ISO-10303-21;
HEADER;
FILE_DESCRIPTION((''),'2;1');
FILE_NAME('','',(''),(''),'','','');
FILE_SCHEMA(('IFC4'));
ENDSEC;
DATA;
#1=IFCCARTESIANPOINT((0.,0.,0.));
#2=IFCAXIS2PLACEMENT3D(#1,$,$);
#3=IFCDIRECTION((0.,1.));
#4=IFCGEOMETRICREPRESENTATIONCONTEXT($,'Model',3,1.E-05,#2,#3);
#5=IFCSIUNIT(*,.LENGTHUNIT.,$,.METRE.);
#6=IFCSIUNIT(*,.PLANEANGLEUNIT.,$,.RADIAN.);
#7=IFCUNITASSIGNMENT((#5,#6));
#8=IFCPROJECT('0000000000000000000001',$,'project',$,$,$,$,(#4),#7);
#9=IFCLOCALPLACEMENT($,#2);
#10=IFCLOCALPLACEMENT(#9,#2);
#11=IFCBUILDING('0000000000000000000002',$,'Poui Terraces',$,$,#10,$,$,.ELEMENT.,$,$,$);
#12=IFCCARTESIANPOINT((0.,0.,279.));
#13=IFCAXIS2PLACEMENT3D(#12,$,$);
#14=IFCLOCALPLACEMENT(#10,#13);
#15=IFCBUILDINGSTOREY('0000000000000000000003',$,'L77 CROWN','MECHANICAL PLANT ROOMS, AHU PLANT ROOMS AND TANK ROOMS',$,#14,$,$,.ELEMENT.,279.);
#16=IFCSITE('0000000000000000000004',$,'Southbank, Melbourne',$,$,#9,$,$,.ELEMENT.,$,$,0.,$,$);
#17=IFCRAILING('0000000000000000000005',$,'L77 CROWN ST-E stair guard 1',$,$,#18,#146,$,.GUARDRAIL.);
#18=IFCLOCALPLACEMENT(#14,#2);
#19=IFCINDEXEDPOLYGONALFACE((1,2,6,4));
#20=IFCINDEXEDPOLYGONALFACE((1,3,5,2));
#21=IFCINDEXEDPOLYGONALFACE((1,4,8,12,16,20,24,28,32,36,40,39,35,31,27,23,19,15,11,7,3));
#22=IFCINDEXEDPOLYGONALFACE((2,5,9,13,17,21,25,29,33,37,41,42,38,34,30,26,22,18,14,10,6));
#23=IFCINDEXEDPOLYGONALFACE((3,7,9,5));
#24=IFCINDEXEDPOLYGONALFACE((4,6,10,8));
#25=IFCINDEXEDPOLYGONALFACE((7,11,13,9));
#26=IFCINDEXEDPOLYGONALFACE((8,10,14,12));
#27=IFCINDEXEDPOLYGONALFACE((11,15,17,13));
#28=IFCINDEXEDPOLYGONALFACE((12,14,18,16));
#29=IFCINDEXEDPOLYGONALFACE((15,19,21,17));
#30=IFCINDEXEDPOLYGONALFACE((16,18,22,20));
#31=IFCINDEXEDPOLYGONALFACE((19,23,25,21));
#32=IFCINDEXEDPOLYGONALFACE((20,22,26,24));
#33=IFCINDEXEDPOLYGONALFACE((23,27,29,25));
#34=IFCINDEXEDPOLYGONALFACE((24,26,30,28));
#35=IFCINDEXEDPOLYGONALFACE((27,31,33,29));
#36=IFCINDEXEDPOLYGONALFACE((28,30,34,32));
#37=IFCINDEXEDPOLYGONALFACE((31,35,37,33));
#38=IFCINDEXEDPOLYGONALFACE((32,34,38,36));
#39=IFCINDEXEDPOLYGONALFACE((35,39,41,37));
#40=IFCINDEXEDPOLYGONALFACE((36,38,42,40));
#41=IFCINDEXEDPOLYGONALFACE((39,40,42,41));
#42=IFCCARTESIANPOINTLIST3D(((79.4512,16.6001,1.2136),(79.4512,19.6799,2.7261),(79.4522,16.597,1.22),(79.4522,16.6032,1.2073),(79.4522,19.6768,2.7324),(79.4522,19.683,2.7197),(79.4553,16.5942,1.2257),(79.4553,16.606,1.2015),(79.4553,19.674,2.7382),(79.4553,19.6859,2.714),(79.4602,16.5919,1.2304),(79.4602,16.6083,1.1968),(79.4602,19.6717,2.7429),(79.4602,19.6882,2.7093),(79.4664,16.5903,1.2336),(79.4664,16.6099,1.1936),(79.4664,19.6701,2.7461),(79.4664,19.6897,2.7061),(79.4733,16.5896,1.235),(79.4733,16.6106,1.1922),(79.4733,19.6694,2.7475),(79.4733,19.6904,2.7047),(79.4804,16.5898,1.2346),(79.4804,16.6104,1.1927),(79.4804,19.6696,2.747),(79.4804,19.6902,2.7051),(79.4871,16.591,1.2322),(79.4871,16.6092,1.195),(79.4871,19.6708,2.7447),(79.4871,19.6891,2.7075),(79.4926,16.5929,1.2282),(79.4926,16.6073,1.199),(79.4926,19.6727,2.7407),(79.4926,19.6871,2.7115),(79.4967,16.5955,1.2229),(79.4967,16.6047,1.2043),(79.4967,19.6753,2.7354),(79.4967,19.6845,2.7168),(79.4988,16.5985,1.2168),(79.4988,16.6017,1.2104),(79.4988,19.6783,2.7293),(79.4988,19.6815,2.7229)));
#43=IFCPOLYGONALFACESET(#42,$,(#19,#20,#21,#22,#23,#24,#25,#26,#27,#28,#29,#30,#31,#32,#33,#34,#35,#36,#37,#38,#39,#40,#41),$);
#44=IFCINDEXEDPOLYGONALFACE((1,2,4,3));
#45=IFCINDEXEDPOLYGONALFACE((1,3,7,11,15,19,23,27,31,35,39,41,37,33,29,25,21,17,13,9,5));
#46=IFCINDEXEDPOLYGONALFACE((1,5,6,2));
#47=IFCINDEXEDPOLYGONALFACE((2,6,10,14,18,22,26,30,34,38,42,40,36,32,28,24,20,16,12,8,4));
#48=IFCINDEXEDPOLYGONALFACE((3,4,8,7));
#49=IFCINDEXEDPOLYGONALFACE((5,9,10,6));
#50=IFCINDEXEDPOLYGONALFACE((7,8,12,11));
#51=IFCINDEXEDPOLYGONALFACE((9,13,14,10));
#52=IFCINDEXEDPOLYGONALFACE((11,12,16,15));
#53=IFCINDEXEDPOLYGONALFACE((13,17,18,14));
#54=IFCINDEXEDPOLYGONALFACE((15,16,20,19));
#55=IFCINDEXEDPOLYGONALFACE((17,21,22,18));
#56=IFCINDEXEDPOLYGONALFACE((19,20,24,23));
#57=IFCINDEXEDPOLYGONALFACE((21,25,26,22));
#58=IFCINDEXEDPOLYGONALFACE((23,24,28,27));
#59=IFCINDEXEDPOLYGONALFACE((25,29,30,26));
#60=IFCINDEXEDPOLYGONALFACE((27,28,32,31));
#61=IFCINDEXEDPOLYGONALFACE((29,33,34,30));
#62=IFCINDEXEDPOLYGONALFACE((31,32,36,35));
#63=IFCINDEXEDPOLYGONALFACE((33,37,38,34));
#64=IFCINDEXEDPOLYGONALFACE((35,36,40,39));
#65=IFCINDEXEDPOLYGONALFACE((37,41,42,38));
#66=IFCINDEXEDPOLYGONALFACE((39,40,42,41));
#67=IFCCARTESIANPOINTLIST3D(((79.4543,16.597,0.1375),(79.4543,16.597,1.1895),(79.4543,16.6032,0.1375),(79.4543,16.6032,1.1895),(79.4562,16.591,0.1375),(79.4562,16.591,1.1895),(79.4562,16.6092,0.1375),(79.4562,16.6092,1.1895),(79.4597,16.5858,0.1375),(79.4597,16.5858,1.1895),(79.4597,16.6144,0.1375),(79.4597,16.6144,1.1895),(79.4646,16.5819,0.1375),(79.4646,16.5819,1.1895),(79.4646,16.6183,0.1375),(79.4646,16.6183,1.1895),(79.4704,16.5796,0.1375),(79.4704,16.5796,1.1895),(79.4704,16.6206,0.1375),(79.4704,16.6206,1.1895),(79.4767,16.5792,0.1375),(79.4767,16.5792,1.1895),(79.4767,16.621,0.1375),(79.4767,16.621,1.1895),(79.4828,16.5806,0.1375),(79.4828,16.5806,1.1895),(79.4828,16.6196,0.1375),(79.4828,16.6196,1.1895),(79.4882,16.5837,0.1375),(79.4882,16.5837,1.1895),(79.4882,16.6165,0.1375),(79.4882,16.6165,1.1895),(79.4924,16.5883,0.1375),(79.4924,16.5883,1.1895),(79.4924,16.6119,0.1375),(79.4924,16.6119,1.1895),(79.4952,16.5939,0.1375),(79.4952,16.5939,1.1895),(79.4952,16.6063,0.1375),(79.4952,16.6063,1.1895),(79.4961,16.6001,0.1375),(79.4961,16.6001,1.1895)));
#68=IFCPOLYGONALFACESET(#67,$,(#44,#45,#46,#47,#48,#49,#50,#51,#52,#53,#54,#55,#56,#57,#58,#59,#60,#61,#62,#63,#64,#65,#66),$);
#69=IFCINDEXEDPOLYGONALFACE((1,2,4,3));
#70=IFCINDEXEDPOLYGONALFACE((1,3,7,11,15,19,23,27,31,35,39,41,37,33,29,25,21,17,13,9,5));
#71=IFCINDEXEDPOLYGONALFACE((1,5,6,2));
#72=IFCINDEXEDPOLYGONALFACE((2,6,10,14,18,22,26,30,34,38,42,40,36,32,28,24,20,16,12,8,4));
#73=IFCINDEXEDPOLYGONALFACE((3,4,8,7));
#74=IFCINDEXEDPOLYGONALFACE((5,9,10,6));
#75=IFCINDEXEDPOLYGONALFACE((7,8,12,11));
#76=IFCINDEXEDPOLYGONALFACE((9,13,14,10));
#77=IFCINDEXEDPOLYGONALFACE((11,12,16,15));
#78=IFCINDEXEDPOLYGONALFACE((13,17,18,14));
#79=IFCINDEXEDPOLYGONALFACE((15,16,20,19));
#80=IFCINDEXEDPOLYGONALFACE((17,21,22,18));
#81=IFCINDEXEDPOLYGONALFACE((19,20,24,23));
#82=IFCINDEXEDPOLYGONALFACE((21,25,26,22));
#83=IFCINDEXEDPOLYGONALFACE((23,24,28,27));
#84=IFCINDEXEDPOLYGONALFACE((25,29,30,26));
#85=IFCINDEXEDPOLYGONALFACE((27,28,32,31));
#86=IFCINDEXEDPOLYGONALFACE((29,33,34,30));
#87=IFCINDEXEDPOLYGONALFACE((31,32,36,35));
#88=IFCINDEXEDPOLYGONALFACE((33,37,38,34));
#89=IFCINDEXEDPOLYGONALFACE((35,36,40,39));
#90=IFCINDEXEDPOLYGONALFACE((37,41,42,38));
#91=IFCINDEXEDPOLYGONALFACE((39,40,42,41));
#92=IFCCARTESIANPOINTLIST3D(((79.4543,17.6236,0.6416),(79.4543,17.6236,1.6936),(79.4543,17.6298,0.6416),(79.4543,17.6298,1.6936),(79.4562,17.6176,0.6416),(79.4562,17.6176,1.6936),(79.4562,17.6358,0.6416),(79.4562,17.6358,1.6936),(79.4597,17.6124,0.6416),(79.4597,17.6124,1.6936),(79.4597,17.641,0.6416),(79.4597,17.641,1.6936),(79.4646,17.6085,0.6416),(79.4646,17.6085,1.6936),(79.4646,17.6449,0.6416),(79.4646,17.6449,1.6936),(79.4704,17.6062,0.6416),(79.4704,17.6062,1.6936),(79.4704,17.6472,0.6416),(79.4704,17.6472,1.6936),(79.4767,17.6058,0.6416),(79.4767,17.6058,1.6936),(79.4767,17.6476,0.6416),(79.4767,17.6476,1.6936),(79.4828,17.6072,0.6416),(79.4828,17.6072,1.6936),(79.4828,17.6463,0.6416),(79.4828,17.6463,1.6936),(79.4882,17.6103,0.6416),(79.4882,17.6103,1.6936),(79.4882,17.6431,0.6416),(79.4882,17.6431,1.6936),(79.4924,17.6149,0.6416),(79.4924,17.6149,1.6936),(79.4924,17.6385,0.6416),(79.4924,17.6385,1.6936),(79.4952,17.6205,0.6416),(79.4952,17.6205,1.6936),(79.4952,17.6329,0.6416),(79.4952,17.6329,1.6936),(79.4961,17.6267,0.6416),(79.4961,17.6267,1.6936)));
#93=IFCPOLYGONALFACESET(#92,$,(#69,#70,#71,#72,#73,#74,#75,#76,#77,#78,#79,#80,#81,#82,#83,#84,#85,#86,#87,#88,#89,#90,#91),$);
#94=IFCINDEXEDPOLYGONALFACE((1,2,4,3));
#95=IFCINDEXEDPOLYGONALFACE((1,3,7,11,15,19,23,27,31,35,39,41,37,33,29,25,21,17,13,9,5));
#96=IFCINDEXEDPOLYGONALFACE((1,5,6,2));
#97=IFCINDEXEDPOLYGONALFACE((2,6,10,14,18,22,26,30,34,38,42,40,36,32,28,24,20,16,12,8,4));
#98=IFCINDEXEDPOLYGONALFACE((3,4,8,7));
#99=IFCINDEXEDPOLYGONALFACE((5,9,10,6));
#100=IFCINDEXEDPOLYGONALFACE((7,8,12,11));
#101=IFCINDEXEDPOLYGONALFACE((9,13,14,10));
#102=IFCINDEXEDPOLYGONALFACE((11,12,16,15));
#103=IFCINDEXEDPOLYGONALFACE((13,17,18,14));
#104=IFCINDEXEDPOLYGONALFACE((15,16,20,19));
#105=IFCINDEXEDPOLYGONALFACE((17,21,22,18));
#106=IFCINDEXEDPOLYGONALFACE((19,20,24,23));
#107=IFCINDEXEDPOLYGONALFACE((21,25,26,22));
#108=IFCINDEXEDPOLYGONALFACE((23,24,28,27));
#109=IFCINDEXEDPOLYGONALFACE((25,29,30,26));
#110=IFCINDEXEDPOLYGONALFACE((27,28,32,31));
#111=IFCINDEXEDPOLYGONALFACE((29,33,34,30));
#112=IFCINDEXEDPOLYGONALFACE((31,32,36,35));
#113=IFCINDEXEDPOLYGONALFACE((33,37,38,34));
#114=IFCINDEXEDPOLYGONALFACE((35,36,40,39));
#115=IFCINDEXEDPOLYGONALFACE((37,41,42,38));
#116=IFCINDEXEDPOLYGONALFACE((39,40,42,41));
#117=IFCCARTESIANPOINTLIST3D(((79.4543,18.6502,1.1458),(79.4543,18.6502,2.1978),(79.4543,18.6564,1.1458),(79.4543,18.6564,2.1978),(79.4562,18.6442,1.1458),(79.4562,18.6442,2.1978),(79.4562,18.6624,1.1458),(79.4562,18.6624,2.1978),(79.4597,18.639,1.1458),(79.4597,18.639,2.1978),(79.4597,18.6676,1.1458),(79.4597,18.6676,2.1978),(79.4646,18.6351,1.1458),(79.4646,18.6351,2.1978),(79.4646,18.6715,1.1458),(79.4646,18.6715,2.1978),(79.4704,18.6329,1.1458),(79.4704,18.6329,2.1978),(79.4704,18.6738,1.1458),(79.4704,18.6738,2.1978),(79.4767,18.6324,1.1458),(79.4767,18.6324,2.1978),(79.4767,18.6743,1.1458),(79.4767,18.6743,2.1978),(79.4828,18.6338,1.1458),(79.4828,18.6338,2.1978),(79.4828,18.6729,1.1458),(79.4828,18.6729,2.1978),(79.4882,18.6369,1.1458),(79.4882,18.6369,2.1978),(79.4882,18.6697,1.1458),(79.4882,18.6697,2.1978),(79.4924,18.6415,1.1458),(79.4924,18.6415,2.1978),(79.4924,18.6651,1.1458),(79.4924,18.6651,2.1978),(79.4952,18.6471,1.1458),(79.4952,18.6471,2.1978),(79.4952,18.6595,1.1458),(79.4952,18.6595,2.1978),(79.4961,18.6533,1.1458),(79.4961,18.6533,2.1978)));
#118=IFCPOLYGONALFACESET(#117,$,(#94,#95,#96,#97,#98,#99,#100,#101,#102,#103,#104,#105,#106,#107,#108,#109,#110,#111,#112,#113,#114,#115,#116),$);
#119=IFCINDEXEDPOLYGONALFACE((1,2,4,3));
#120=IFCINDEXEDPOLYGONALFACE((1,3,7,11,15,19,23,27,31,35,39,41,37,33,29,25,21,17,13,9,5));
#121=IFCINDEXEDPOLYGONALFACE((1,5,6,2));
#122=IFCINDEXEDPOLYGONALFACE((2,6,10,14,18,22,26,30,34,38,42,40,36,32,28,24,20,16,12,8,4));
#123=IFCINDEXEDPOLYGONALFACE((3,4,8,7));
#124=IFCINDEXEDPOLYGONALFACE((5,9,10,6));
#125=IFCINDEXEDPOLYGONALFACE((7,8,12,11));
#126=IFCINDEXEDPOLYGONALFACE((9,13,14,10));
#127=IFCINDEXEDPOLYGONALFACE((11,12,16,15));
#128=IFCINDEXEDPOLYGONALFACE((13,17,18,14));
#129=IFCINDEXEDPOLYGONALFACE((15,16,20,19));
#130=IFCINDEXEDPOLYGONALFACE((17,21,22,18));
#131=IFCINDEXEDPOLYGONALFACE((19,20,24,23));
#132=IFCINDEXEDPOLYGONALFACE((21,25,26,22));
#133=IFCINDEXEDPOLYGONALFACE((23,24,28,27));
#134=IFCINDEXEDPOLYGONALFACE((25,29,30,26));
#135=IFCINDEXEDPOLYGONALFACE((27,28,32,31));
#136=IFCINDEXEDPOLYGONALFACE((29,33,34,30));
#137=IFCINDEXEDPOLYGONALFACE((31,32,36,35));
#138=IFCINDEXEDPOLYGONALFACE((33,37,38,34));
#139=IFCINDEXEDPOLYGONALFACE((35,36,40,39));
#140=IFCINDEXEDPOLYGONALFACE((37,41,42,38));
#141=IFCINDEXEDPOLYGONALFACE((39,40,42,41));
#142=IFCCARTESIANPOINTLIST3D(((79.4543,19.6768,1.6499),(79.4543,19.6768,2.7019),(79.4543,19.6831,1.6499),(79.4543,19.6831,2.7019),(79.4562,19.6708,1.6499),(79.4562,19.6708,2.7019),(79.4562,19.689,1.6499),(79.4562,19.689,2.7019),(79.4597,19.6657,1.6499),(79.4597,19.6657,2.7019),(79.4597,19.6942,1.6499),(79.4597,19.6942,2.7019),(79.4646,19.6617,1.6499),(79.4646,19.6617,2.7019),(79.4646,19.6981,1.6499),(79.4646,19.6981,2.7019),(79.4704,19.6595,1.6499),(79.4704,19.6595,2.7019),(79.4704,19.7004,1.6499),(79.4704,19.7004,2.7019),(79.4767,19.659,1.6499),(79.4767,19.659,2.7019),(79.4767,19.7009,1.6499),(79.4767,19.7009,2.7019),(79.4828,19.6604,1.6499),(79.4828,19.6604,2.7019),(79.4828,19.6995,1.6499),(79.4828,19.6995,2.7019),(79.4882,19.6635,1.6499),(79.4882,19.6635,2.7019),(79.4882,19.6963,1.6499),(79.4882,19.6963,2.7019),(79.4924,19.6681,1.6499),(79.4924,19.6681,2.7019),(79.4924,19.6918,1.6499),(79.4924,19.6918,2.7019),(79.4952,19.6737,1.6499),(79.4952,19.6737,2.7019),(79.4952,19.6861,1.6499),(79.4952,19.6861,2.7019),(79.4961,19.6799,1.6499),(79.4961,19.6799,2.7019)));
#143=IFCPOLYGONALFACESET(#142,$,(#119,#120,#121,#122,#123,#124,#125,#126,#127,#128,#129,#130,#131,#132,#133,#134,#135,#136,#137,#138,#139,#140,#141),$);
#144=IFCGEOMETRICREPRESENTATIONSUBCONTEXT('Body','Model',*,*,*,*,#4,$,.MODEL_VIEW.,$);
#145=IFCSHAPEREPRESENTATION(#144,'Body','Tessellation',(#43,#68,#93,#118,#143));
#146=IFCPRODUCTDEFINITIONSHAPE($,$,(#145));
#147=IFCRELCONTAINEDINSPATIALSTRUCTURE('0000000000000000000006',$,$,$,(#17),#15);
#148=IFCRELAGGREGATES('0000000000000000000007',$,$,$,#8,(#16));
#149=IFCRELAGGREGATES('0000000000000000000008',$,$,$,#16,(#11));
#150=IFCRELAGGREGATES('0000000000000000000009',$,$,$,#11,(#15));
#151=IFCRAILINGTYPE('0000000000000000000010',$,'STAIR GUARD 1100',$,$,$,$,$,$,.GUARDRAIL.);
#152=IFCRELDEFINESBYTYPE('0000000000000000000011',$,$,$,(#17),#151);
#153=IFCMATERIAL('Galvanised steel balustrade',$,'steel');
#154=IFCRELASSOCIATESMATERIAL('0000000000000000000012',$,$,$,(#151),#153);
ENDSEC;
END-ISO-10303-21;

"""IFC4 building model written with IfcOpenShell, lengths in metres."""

from ifc_helpers import new_model, si_unit, direction, frame, origin, origin_2d, place, context, subcontext, project, spatial, circle, extrude, material, type_object, element, save


model = new_model("IFC4")

# Units and contexts
model_context = context("Model", 3, precision=1e-05, world=origin(), true_north=direction((0.0, 1.0)))
body_context = subcontext(model_context, "Body", "Model", "MODEL_VIEW")
ifc_project = project(units=[si_unit("LENGTHUNIT", "METRE"), si_unit("PLANEANGLEUNIT", "RADIAN")], contexts=[model_context])

# Site, building, storey
site_placement = place(None, origin())
site = spatial("IfcSite", under=ifc_project, at=site_placement, Name="Southbank, Melbourne", CompositionType="ELEMENT", RefElevation=0.0)
building_placement = place(site_placement, origin())
building = spatial("IfcBuilding", under=site, at=building_placement, Name="Poui Terraces", CompositionType="ELEMENT")
storey_placement = place(building_placement, frame((0.0, 0.0, 279.0)))
storey = spatial("IfcBuildingStorey", under=building, at=storey_placement, Name="L77 CROWN", Description="MECHANICAL PLANT ROOMS, AHU PLANT ROOMS AND TANK ROOMS", CompositionType="ELEMENT", Elevation=279.0)

# Railing
ifc_material_1 = material(Name="Galvanised steel balustrade", Category="steel")
railing_type_1 = type_object("IfcRailingType", Name="STAIR GUARD 1100", PredefinedType="GUARDRAIL", material=ifc_material_1)
for number, where, name in (
    (1, (79.4751, 16.6001, 0.1375), "L77 CROWN ST-E stair guard 1"),
):
    element("IfcRailing", number, at=place(storey_placement, frame(where)), inside=storey, type_object=railing_type_1, Name=name, PredefinedType="GUARDRAIL", context=body_context, shape_type="SweptSolid", body=[
        extrude(circle(Radius=0.0239, at=origin_2d()), frame((0.0, 0.0, 1.0762), z_axis=(0.0, 0.897606, 0.440798), x_axis=(-1.0, 0.0, 0.0)), (0.0, 0.0, 1.0), 3.4312),
        extrude(circle(Radius=0.021, at=origin_2d()), origin(), (0.0, 0.0, 1.0), 1.052),
        extrude(circle(Radius=0.021, at=origin_2d()), frame((0.0, 1.0266, 0.5042)), (0.0, 0.0, 1.0), 1.052),
        extrude(circle(Radius=0.021, at=origin_2d()), frame((0.0, 2.0532, 1.0083)), (0.0, 0.0, 1.0), 1.052),
        extrude(circle(Radius=0.021, at=origin_2d()), frame((0.0, 3.0798, 1.5125)), (0.0, 0.0, 1.0), 1.052),
    ])

save(model, "model.ifc")
